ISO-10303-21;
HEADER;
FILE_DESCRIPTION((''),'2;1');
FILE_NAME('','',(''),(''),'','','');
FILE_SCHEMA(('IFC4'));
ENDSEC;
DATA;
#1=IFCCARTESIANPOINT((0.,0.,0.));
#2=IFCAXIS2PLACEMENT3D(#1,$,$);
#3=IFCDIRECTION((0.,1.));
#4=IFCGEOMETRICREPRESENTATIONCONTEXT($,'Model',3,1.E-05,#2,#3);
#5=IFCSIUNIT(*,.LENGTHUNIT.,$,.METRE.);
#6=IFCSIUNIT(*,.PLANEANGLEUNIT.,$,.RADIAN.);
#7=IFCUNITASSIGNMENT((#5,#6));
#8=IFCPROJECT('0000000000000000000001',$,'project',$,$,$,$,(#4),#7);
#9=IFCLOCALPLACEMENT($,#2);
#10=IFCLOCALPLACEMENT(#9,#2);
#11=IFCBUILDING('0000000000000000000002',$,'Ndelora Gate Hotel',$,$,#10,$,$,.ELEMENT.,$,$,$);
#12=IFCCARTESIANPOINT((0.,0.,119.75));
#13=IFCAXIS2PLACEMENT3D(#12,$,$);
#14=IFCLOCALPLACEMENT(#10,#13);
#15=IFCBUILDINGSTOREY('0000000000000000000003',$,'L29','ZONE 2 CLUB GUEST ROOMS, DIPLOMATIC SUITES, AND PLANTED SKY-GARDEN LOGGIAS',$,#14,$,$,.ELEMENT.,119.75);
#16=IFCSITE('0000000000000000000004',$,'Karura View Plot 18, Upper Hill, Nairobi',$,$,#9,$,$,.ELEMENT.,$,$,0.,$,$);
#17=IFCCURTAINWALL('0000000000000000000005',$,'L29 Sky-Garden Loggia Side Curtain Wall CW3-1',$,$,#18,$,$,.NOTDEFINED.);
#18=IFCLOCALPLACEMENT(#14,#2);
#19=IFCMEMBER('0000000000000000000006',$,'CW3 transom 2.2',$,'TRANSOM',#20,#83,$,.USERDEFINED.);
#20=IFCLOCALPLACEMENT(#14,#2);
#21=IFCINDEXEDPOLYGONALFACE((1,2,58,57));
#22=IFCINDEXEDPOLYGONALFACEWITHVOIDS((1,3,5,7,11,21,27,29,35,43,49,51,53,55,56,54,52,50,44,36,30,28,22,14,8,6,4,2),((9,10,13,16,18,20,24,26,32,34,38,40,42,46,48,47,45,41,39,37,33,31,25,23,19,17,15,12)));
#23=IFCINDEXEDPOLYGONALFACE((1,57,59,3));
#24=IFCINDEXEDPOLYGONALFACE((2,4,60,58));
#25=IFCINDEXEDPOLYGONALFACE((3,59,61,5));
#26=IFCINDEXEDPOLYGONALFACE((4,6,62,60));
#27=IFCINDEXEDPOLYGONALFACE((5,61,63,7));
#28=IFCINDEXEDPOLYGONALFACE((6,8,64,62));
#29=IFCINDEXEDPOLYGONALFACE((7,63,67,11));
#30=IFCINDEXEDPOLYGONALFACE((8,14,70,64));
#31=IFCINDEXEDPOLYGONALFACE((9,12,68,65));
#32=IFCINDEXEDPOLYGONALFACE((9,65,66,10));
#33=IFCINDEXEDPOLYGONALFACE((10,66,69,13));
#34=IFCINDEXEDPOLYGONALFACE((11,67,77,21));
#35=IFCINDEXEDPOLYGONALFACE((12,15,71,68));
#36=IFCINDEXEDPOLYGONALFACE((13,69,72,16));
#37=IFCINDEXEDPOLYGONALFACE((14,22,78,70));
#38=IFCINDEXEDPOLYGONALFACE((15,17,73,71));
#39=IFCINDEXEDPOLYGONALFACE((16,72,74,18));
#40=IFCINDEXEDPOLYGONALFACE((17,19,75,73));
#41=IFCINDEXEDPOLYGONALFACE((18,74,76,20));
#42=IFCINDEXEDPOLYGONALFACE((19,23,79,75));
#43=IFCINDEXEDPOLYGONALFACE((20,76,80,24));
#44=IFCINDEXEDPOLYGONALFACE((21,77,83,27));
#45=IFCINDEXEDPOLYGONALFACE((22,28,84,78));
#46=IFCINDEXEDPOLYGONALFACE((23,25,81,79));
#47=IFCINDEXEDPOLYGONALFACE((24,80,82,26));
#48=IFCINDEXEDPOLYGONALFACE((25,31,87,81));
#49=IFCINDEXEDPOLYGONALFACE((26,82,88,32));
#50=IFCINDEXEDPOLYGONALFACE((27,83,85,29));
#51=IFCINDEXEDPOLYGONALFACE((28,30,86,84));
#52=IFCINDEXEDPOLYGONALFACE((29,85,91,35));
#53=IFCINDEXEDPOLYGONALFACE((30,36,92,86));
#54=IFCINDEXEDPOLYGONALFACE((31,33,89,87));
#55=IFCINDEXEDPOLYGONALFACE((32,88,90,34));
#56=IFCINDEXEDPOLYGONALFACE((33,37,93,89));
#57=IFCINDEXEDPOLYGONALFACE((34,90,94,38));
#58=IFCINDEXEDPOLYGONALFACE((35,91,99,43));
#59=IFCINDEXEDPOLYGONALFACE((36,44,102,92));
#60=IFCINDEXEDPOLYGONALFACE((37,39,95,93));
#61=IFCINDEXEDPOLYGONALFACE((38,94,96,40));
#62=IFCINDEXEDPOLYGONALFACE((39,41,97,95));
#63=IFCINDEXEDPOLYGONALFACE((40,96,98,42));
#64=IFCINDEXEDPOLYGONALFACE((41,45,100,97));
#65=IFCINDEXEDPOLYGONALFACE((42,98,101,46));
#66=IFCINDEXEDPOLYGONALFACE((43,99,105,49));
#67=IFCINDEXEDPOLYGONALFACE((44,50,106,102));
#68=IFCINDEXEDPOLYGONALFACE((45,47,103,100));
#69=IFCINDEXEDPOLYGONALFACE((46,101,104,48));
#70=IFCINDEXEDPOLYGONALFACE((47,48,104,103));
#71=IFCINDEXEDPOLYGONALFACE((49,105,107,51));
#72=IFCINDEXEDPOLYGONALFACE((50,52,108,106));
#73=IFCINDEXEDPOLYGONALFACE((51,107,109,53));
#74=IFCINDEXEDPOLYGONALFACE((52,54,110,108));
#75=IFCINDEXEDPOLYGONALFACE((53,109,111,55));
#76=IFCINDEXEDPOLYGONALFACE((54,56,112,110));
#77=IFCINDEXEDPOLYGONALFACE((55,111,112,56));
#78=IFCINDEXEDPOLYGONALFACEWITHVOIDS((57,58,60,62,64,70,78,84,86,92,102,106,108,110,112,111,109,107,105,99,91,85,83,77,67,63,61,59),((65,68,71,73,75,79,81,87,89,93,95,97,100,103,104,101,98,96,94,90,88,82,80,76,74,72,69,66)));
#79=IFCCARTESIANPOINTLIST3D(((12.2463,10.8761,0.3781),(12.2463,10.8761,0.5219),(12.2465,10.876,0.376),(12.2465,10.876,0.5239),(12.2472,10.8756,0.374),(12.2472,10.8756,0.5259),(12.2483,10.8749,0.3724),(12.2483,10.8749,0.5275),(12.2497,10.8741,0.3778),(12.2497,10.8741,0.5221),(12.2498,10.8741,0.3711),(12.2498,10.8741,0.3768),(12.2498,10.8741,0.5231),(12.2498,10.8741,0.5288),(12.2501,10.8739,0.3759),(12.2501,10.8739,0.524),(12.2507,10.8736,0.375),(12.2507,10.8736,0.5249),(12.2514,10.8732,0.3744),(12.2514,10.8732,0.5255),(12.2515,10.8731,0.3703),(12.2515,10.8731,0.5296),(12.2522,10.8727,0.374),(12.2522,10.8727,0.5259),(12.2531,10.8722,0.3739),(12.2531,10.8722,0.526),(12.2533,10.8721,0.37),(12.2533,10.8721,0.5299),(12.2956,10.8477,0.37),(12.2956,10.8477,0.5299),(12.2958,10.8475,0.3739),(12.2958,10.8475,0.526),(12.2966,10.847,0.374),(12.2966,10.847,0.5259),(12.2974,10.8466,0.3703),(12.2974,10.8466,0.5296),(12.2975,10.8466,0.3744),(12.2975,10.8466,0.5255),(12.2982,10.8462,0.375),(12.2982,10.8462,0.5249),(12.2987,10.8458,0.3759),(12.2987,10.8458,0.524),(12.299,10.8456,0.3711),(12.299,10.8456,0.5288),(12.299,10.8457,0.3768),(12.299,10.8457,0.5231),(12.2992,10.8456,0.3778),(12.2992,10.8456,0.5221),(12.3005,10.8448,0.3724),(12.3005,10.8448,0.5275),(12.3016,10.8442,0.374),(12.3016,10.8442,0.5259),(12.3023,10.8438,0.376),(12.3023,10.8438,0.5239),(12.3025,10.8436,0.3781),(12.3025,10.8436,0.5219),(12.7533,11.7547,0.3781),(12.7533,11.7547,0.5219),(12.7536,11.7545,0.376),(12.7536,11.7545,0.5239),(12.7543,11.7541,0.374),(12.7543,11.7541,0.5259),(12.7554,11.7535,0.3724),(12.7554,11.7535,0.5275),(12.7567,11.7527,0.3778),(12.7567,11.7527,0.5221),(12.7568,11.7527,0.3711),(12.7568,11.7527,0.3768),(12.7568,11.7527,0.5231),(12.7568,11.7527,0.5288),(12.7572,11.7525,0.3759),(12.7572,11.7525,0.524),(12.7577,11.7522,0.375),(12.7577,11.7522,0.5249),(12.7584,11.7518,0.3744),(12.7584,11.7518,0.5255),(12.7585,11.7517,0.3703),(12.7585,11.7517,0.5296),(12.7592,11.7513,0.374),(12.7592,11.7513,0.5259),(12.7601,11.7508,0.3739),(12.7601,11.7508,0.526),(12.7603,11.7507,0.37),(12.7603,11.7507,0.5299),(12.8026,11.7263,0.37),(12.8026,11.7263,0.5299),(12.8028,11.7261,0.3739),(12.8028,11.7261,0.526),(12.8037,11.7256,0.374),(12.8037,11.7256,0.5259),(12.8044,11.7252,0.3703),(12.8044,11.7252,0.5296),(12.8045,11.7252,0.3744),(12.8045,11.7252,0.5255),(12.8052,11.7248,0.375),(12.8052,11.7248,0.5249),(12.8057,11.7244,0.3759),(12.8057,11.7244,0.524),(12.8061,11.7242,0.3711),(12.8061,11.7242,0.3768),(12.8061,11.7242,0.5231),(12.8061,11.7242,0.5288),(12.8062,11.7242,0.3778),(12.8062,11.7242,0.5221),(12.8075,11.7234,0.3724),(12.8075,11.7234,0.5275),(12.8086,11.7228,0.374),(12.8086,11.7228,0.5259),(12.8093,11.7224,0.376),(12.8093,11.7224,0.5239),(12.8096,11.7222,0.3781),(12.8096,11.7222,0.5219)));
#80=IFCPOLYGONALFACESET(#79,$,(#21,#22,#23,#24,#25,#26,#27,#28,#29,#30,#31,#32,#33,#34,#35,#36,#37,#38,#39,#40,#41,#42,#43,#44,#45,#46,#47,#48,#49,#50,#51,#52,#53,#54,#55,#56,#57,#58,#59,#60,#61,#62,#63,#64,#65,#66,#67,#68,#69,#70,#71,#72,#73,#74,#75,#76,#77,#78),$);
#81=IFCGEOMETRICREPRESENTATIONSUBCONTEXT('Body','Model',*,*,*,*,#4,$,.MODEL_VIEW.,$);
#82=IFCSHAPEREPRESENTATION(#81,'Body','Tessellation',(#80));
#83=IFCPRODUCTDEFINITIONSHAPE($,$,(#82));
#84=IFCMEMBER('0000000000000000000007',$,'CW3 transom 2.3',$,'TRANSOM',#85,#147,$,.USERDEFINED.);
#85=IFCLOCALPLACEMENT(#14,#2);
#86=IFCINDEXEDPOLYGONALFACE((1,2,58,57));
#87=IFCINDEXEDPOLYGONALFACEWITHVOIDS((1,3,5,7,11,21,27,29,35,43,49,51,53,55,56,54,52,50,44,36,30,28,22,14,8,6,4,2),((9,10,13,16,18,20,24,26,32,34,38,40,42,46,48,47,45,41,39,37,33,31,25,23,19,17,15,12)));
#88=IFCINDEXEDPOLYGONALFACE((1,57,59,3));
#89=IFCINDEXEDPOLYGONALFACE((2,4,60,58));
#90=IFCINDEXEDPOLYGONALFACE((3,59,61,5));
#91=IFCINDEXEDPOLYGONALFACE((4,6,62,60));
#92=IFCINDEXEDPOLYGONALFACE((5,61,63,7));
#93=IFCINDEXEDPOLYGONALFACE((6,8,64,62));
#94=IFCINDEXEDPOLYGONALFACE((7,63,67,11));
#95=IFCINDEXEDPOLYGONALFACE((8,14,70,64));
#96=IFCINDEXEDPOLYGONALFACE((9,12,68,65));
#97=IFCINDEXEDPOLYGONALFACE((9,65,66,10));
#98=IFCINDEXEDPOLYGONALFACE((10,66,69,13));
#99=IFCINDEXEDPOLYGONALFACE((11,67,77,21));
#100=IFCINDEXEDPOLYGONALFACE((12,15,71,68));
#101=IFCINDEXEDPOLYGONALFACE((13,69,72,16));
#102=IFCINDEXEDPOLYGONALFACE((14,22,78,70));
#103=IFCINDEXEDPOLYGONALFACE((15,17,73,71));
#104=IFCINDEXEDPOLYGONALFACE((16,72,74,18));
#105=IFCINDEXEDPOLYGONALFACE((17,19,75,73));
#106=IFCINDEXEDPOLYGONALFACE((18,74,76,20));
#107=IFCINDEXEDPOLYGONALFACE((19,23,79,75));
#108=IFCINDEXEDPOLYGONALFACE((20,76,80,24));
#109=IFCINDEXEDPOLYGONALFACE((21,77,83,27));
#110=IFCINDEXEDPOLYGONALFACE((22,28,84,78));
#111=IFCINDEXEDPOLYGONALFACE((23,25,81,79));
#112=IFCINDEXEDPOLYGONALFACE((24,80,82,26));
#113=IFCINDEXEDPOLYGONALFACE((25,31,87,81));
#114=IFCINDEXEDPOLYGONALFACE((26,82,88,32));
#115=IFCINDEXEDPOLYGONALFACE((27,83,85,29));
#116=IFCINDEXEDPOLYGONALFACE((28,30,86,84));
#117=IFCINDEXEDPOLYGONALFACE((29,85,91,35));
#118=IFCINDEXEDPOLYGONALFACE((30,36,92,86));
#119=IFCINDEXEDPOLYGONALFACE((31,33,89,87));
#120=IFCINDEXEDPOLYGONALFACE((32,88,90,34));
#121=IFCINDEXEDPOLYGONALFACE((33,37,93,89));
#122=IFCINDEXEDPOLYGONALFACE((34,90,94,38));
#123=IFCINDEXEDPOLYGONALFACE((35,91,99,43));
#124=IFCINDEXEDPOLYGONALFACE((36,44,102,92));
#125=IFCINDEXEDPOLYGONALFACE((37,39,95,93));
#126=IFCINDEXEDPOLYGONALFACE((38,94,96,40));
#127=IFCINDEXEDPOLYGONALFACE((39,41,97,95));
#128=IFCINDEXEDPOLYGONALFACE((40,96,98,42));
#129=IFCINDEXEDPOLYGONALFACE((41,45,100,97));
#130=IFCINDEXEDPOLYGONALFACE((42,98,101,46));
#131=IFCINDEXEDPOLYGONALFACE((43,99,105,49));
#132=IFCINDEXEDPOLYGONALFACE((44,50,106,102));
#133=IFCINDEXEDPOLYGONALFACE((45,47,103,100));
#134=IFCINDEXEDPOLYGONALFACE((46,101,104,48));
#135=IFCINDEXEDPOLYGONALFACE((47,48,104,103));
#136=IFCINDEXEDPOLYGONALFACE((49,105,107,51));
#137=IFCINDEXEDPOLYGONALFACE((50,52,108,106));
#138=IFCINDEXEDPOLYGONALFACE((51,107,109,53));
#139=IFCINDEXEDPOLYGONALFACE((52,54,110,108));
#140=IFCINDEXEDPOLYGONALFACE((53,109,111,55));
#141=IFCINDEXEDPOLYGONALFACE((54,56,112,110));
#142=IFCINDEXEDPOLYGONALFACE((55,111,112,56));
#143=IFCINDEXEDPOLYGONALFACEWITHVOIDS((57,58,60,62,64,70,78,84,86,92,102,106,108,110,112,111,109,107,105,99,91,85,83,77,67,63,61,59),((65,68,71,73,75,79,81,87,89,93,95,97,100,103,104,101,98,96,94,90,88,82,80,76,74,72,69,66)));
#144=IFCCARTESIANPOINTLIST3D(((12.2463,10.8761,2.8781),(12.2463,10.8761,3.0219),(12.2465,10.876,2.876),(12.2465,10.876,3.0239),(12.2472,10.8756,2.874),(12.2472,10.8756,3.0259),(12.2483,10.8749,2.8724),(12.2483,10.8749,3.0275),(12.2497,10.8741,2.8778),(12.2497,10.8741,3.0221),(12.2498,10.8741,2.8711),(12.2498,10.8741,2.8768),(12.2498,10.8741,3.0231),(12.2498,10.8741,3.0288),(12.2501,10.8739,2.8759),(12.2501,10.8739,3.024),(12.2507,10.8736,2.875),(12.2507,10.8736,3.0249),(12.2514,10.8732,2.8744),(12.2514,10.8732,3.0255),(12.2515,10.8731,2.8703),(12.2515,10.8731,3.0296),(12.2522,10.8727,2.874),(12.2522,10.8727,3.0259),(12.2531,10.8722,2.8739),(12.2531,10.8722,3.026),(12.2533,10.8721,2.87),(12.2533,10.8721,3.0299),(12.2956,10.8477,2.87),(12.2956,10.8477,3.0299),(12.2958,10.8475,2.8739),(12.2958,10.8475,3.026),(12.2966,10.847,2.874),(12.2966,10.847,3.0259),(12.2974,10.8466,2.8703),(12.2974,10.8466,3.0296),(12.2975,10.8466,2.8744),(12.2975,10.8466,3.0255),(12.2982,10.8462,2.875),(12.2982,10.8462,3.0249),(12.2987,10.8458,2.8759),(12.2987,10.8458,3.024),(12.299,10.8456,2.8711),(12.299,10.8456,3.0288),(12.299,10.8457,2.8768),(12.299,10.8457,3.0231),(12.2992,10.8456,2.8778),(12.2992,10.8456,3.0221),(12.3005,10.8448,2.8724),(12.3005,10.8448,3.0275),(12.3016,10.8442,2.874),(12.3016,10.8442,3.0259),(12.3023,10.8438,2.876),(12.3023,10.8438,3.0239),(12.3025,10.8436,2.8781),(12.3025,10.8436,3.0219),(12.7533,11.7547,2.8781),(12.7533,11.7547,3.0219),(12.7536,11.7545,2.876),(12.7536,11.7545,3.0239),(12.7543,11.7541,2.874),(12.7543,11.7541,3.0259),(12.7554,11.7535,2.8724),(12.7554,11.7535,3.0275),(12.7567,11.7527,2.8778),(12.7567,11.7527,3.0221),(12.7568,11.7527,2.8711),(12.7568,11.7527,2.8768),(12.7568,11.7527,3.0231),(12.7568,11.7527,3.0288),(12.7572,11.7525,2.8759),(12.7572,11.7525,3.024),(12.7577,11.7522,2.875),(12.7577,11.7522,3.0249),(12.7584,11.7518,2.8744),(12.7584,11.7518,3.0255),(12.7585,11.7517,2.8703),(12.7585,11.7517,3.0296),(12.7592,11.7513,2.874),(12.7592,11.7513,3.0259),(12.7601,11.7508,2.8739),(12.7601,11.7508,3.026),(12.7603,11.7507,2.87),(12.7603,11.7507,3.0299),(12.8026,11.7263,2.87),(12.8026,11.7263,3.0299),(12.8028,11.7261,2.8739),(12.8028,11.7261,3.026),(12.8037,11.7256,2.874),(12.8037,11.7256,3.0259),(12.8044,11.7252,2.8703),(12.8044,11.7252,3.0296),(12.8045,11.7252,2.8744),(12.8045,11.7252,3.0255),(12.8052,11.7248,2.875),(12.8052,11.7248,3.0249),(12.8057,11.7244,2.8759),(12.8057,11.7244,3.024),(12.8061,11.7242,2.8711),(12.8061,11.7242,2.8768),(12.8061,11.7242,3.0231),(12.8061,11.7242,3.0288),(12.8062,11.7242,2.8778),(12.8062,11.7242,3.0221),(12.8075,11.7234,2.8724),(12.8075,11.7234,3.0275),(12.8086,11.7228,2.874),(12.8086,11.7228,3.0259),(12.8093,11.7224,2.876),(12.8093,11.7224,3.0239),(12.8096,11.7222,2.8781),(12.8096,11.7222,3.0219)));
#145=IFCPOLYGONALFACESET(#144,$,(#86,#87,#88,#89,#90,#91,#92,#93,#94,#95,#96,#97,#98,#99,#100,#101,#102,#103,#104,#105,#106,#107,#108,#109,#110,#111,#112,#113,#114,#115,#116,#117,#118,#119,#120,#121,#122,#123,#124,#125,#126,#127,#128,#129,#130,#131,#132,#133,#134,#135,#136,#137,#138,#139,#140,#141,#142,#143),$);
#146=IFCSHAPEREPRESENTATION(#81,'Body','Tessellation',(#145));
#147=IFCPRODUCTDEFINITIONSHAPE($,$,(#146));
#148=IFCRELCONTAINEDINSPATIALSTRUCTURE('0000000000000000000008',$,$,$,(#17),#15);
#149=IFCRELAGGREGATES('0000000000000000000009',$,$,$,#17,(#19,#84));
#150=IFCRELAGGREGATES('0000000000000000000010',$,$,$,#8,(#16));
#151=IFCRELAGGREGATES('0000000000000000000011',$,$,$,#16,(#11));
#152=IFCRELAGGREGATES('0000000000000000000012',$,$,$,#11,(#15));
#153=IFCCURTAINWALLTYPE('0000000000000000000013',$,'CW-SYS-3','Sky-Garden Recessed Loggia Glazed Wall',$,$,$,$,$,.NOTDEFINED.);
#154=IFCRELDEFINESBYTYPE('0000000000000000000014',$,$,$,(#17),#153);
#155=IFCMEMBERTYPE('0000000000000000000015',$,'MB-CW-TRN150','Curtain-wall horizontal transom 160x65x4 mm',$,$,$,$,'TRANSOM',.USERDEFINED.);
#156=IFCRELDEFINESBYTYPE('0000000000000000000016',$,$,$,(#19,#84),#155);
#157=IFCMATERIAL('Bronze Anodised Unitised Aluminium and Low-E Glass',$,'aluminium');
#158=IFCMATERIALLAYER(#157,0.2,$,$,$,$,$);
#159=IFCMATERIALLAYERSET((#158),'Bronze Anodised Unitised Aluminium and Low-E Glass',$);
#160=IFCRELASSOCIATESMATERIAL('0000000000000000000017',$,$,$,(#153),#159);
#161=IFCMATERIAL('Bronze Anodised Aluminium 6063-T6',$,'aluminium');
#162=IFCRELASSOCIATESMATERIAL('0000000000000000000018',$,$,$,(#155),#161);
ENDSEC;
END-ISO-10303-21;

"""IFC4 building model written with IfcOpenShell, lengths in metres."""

from ifc_helpers import new_model, si_unit, direction, frame, origin, origin_2d, place, context, subcontext, project, spatial, hollow_rectangle, extrude, material, layer, layer_set, material_profile, profile_set, type_object, element, aggregate, save


model = new_model("IFC4")

# Units and contexts
model_context = context("Model", 3, precision=1e-05, world=origin(), true_north=direction((0.0, 1.0)))
body_context = subcontext(model_context, "Body", "Model", "MODEL_VIEW")
ifc_project = project(units=[si_unit("LENGTHUNIT", "METRE"), si_unit("PLANEANGLEUNIT", "RADIAN")], contexts=[model_context])

# Site, building, storey
site_placement = place(None, origin())
site = spatial("IfcSite", under=ifc_project, at=site_placement, Name="Karura View Plot 18, Upper Hill, Nairobi", CompositionType="ELEMENT", RefElevation=0.0)
building_placement = place(site_placement, origin())
building = spatial("IfcBuilding", under=site, at=building_placement, Name="Ndelora Gate Hotel", CompositionType="ELEMENT")
storey_placement = place(building_placement, frame((0.0, 0.0, 119.75)))
storey = spatial("IfcBuildingStorey", under=building, at=storey_placement, Name="L29", Description="ZONE 2 CLUB GUEST ROOMS, DIPLOMATIC SUITES, AND PLANTED SKY-GARDEN LOGGIAS", CompositionType="ELEMENT", Elevation=119.75)

# Curtain wall, members
ifc_material_1 = material(Name="Bronze Anodised Unitised Aluminium and Low-E Glass", Category="aluminium")
ifc_layer_1 = layer(ifc_material_1, 0.2)
ifc_layer_set_1 = layer_set([ifc_layer_1], Name="Bronze Anodised Unitised Aluminium and Low-E Glass")
curtain_wall_type = type_object("IfcCurtainWallType", Name="CW-SYS-3", Description="Sky-Garden Recessed Loggia Glazed Wall", PredefinedType="NOTDEFINED", material=ifc_layer_set_1)
curtain_wall_placement = place(storey_placement, origin())
curtain_wall = element("IfcCurtainWall", 1, at=curtain_wall_placement, inside=storey, type_object=curtain_wall_type, Name="L29 Sky-Garden Loggia Side Curtain Wall CW3-1", PredefinedType="NOTDEFINED")
ifc_material_2 = material(Name="Bronze Anodised Aluminium 6063-T6", Category="aluminium")
ifc_material_profile_1 = material_profile(ifc_material_2, hollow_rectangle(XDim=0.0649, YDim=0.1599, WallThickness=0.0039, InnerFilletRadius=0.0039, OuterFilletRadius=0.0081, at=origin_2d()), Name="ALU 160x65x4")
ifc_profile_set_1 = profile_set([ifc_material_profile_1], Name="Bronze Anodised Aluminium 6063-T6")
member_type_1 = type_object("IfcMemberType", Name="MB-CW-TRN150", Description="Curtain-wall horizontal transom 160x65x4 mm", ElementType="TRANSOM", PredefinedType="USERDEFINED", material=ifc_profile_set_1)
member_1_placement = place(storey_placement, frame((12.2744, 10.8599, 0.45), z_axis=(0.499841, 0.866117, 0.0), x_axis=(-0.866117, 0.499841, 0.0)))
member_1 = element("IfcMember", 2, at=member_1_placement, type_object=member_type_1, Name="CW3 transom 2.2", ObjectType="TRANSOM", PredefinedType="USERDEFINED", context=body_context, shape_type="SweptSolid", body=[
    extrude(hollow_rectangle(XDim=0.0649, YDim=0.1599, WallThickness=0.0039, InnerFilletRadius=0.0039, OuterFilletRadius=0.0081, at=origin_2d()), origin(), (0.0, 0.0, 1.0), 1.0144),
])
member_2_placement = place(storey_placement, frame((12.2744, 10.8599, 2.95), z_axis=(0.499841, 0.866117, 0.0), x_axis=(-0.866117, 0.499841, 0.0)))
member_2 = element("IfcMember", 3, at=member_2_placement, type_object=member_type_1, Name="CW3 transom 2.3", ObjectType="TRANSOM", PredefinedType="USERDEFINED", context=body_context, shape_type="SweptSolid", body=[
    extrude(hollow_rectangle(XDim=0.0649, YDim=0.1599, WallThickness=0.0039, InnerFilletRadius=0.0039, OuterFilletRadius=0.0081, at=origin_2d()), origin(), (0.0, 0.0, 1.0), 1.0144),
])
aggregate(curtain_wall, [member_1, member_2])

save(model, "model.ifc")
